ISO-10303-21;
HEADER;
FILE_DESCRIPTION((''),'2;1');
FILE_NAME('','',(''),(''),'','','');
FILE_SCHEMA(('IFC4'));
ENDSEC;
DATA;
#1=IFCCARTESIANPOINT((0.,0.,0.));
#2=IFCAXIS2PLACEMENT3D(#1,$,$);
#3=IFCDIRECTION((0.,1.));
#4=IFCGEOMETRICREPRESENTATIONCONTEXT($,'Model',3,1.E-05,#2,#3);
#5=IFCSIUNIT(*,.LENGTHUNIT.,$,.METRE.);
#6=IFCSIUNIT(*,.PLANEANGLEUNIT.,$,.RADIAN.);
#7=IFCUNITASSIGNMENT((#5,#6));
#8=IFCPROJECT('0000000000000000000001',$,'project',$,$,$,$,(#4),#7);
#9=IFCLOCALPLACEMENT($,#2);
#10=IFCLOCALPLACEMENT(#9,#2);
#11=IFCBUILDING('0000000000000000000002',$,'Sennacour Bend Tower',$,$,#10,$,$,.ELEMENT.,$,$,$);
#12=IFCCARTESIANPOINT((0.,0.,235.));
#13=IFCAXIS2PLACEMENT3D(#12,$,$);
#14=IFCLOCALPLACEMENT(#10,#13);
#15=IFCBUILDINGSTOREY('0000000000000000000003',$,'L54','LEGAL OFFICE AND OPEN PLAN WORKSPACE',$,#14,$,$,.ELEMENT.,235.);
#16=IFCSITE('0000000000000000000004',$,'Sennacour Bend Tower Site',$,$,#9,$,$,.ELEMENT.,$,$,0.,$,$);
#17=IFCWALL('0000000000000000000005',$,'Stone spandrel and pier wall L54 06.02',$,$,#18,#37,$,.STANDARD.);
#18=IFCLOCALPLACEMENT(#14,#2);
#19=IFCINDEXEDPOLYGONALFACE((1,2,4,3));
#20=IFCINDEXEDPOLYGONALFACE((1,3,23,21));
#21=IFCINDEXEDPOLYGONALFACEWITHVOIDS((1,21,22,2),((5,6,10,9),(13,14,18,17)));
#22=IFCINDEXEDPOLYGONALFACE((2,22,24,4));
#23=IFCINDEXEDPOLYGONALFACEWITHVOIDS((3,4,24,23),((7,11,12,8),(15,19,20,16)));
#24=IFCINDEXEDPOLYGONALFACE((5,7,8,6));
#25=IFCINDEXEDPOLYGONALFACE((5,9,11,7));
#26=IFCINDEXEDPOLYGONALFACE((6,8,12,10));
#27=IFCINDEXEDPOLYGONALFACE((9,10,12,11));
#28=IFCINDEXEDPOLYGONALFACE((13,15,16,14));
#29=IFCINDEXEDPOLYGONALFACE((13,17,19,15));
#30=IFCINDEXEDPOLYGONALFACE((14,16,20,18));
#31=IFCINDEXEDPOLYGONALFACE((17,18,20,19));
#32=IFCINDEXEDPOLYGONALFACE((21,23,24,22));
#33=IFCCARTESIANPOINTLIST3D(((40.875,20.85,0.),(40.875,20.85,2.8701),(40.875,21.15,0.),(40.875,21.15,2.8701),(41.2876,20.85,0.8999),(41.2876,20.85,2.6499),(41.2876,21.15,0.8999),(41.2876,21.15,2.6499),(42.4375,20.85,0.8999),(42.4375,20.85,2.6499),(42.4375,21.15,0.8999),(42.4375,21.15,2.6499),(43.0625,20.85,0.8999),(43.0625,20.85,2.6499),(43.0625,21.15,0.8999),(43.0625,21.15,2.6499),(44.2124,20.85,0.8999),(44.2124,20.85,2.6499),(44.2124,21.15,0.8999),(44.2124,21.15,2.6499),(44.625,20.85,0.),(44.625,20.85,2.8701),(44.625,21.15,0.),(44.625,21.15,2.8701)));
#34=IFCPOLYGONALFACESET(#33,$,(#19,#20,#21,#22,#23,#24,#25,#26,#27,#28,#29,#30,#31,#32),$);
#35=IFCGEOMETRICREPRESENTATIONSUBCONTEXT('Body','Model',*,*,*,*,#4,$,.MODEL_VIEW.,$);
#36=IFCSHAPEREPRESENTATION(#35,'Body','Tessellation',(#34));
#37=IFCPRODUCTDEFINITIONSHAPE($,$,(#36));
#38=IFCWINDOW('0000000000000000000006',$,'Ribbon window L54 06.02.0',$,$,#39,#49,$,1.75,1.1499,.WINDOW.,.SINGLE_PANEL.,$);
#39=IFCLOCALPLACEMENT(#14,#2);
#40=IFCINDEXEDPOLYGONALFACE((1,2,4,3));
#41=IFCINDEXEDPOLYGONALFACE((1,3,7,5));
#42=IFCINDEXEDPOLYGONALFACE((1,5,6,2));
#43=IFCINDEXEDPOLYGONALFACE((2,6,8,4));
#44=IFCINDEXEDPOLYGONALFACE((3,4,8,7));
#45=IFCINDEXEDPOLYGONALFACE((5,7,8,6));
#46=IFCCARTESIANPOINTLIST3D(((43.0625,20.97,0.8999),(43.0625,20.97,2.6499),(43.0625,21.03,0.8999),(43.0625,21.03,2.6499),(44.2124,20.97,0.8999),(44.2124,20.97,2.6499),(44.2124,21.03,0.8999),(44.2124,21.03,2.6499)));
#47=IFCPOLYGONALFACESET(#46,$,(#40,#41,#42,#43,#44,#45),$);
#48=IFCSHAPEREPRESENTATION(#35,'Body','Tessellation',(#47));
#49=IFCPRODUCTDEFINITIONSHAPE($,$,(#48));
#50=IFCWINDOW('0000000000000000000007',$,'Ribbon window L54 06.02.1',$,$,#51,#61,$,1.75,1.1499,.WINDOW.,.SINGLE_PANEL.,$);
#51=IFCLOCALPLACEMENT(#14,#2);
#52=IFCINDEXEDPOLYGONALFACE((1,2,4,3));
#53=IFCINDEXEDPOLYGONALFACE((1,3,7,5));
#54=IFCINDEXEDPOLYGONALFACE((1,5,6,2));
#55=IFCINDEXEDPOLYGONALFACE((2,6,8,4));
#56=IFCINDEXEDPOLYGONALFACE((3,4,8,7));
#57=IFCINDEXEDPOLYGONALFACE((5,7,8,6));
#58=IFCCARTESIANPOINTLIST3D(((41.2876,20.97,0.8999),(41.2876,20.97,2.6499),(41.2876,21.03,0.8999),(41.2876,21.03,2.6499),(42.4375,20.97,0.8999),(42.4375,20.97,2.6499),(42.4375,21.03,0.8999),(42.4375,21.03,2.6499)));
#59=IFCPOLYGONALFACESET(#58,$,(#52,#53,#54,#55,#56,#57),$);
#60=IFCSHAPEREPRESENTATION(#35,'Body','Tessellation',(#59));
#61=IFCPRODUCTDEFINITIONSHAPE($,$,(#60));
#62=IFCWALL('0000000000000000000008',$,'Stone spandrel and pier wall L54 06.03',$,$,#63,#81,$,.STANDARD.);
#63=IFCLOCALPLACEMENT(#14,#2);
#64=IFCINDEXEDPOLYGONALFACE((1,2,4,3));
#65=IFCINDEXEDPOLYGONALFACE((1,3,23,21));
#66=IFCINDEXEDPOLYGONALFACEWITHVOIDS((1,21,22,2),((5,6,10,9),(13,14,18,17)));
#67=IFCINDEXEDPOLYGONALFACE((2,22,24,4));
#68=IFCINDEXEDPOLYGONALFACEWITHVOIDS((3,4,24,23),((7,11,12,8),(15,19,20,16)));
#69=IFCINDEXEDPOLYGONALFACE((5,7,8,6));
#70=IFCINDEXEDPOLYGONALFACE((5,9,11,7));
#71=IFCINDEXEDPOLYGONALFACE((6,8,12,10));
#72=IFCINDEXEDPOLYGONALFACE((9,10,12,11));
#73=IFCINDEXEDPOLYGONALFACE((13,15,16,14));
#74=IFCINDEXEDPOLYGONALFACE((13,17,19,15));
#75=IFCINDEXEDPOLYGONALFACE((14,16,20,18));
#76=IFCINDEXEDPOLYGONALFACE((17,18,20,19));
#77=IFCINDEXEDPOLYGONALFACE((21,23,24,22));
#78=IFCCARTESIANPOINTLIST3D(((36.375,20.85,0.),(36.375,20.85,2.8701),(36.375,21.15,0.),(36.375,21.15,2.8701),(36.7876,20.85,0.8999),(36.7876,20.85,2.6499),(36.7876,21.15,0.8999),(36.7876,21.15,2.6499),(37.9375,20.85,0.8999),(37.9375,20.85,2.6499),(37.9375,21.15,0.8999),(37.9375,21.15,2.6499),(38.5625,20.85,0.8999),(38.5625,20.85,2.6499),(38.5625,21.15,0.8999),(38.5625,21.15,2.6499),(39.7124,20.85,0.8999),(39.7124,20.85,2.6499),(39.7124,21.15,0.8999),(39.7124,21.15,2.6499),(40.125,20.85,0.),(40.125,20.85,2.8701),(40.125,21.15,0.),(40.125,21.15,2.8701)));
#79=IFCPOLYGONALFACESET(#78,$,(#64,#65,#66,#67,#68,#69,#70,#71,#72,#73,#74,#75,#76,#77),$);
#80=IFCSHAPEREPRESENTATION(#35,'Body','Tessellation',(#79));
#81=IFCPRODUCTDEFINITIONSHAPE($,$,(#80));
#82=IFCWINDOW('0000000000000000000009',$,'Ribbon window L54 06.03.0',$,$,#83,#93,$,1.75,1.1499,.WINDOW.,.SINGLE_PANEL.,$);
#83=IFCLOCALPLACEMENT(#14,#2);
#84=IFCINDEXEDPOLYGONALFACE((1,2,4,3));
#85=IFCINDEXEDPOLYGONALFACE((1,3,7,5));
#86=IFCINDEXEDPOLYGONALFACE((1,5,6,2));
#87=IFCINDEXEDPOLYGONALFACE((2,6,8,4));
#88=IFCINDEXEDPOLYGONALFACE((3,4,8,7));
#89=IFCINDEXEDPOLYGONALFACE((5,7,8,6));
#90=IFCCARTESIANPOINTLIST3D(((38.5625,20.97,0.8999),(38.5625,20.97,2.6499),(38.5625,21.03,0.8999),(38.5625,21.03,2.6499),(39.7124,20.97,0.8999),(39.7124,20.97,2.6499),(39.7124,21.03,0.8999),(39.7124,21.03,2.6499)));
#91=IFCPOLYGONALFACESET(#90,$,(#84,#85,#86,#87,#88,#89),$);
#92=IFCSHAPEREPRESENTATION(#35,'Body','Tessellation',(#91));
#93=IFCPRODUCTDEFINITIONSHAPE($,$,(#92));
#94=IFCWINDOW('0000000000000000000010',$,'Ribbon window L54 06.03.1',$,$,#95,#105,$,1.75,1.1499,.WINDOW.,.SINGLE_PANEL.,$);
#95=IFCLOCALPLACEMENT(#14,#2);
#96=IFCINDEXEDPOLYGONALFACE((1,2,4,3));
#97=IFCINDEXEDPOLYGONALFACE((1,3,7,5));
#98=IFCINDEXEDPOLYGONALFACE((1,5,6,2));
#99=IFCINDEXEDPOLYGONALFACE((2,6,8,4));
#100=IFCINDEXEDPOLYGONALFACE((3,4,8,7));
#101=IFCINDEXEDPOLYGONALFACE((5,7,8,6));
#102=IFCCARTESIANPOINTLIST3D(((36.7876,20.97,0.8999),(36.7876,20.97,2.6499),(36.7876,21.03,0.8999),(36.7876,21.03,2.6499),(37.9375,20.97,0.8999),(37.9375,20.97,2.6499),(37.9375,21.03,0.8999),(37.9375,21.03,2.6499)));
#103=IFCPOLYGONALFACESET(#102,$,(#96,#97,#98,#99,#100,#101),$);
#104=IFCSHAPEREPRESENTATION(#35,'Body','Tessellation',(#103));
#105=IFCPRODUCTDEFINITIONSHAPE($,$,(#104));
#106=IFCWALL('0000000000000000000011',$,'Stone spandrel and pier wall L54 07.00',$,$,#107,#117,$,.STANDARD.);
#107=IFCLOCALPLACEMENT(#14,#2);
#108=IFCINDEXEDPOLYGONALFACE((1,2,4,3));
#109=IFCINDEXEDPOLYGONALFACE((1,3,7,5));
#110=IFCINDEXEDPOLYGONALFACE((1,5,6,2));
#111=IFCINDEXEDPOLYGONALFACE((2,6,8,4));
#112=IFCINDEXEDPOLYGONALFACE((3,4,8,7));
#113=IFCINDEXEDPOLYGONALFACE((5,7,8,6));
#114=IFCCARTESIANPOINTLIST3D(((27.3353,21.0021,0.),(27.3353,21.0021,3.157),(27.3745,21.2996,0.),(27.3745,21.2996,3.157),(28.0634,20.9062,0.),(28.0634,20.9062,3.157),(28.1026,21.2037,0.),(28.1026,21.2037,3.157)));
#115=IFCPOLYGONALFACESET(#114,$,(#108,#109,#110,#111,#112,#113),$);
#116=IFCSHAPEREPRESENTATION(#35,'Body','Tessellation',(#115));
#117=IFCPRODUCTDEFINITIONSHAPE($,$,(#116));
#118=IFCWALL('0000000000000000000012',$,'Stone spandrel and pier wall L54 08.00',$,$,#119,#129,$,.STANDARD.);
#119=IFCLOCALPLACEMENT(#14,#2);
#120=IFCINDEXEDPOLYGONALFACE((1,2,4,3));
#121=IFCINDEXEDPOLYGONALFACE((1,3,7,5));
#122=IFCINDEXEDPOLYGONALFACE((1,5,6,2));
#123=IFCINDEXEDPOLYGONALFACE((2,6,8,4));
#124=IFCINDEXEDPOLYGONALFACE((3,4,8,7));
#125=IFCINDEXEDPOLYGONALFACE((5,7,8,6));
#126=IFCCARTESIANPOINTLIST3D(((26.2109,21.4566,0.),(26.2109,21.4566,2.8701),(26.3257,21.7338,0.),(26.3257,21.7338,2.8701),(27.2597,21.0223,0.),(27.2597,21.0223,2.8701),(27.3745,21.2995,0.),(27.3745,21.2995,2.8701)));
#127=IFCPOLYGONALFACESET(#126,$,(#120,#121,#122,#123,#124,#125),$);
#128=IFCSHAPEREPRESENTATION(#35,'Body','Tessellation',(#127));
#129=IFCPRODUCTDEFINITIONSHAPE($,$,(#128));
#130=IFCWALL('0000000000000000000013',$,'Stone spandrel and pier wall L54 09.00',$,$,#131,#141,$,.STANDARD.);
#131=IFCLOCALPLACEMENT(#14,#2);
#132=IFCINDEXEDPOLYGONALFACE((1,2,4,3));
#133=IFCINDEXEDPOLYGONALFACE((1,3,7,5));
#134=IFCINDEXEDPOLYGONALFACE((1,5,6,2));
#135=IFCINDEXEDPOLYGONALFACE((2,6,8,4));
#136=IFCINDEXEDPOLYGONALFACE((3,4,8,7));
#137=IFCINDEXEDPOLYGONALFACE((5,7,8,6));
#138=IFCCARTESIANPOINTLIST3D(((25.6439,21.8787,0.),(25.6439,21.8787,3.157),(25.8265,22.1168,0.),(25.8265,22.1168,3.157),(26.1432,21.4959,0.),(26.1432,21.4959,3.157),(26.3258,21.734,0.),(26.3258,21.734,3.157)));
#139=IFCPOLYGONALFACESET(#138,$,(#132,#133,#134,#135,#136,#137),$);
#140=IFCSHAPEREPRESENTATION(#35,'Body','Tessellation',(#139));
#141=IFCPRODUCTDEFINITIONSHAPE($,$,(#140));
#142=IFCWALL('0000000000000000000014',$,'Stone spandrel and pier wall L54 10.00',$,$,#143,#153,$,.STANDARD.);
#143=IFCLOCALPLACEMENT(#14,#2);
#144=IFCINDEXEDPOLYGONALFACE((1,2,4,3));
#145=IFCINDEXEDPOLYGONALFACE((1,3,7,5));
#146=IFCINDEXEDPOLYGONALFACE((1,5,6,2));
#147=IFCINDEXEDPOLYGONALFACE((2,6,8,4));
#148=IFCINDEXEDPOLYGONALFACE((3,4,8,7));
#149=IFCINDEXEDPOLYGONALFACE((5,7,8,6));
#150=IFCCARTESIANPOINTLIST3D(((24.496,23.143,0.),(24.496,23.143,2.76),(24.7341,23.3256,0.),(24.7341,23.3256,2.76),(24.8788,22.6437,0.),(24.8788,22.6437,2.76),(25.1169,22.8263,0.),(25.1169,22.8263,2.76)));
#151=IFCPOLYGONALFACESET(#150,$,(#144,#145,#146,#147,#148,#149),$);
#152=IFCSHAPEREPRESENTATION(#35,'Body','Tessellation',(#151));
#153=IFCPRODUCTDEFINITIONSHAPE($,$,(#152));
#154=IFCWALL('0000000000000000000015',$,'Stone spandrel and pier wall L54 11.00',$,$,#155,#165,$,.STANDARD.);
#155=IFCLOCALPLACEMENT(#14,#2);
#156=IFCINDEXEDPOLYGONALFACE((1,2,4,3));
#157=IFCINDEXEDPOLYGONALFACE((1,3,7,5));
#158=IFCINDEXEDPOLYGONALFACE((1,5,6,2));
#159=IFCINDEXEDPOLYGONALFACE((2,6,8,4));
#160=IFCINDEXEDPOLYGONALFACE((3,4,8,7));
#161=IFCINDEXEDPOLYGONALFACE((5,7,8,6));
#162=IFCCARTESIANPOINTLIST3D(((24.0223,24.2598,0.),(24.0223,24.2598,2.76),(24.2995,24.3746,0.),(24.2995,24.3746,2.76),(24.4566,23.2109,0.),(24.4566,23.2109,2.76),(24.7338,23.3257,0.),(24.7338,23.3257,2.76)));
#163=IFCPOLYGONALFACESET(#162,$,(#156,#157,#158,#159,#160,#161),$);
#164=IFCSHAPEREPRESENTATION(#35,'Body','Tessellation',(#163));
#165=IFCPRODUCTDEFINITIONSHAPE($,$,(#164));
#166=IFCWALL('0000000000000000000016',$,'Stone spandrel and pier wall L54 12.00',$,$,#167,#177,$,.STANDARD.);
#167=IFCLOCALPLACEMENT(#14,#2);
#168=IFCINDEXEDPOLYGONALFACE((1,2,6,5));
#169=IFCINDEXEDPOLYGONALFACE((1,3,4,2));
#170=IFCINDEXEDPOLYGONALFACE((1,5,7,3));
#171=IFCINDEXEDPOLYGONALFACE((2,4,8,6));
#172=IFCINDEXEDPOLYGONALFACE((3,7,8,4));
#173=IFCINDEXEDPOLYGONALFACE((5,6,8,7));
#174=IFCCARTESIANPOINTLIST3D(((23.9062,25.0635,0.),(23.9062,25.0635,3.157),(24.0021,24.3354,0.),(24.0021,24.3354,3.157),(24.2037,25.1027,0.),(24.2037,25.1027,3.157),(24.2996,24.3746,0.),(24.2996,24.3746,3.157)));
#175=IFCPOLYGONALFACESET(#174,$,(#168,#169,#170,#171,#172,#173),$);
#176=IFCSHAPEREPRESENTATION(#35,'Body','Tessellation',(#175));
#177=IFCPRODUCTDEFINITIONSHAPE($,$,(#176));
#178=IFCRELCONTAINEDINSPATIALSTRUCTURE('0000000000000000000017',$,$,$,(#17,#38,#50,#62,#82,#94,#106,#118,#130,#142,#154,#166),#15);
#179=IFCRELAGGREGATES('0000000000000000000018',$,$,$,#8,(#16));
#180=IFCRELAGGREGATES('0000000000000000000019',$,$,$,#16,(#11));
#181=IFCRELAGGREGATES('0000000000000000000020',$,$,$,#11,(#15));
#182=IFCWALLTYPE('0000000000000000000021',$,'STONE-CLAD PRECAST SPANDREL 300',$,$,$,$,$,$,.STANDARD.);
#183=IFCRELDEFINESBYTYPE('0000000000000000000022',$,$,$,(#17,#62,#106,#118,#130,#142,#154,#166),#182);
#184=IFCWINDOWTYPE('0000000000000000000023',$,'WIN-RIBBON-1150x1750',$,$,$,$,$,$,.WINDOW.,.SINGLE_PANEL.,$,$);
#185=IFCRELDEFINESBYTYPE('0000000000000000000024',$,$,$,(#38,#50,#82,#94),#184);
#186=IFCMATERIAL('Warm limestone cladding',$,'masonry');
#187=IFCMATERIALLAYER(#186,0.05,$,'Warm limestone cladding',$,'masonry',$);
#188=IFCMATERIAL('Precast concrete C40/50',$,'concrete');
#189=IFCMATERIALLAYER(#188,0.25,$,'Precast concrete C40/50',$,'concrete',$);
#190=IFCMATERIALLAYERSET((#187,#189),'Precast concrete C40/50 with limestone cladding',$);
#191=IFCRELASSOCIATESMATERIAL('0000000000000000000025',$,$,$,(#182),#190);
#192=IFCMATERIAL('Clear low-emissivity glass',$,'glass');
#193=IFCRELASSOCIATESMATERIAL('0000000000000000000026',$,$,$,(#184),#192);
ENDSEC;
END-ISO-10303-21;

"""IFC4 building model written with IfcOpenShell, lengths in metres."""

from ifc_helpers import new_model, si_unit, direction, frame, frame_2d, origin, place, context, subcontext, project, spatial, rectangle, extrude, material, layer, layer_set, type_object, element, fill, save


model = new_model("IFC4")

# Units and contexts
model_context = context("Model", 3, precision=1e-05, world=origin(), true_north=direction((0.0, 1.0)))
body_context = subcontext(model_context, "Body", "Model", "MODEL_VIEW")
ifc_project = project(units=[si_unit("LENGTHUNIT", "METRE"), si_unit("PLANEANGLEUNIT", "RADIAN")], contexts=[model_context])

# Site, building, storey
site_placement = place(None, origin())
site = spatial("IfcSite", under=ifc_project, at=site_placement, Name="Sennacour Bend Tower Site", CompositionType="ELEMENT", RefElevation=0.0)
building_placement = place(site_placement, origin())
building = spatial("IfcBuilding", under=site, at=building_placement, Name="Sennacour Bend Tower", CompositionType="ELEMENT")
storey_placement = place(building_placement, frame((0.0, 0.0, 235.0)))
storey = spatial("IfcBuildingStorey", under=building, at=storey_placement, Name="L54", Description="LEGAL OFFICE AND OPEN PLAN WORKSPACE", CompositionType="ELEMENT", Elevation=235.0)

# Walls, openings, windows
ifc_material_1 = material(Name="Warm limestone cladding", Category="masonry")
ifc_layer_1 = layer(ifc_material_1, 0.05, Name="Warm limestone cladding", Category="masonry")
ifc_material_2 = material(Name="Precast concrete C40/50", Category="concrete")
ifc_layer_2 = layer(ifc_material_2, 0.25, Name="Precast concrete C40/50", Category="concrete")
ifc_layer_set = layer_set([ifc_layer_1, ifc_layer_2], Name="Precast concrete C40/50 with limestone cladding")
wall_type = type_object("IfcWallType", Name="STONE-CLAD PRECAST SPANDREL 300", PredefinedType="STANDARD", material=ifc_layer_set)
wall_1_placement = place(storey_placement, frame((44.625, 21.0, 0.0), z_axis=(0.0, 0.0, 1.0), x_axis=(-1.0, 0.0, 0.0)))
wall_1 = element("IfcWall", 1, at=wall_1_placement, inside=storey, type_object=wall_type, Name="Stone spandrel and pier wall L54 06.02", PredefinedType="STANDARD", context=body_context, shape_type="SweptSolid", body=[
    extrude(rectangle(XDim=3.75, YDim=0.3, at=frame_2d((1.875, 0.0))), origin(), (0.0, 0.0, 1.0), 2.8701),
])
opening_1_placement = place(wall_1_placement, frame((0.4126, 0.0, 0.8999)))
opening_1 = element("IfcOpeningElement", 2, at=opening_1_placement, cuts=wall_1, PredefinedType="OPENING", context=body_context, shape_type="SweptSolid", body=[
    extrude(rectangle(XDim=1.1499, YDim=1.75, at=frame_2d((0.575, 0.875))), frame((0.0, 0.1602, 0.0), z_axis=(0.0, -1.0, 0.0), x_axis=(1.0, 0.0, 0.0)), (0.0, 0.0, 1.0), 0.3201),
])
opening_2_placement = place(wall_1_placement, frame((2.1875, 0.0, 0.8999)))
opening_2 = element("IfcOpeningElement", 3, at=opening_2_placement, cuts=wall_1, PredefinedType="OPENING", context=body_context, shape_type="SweptSolid", body=[
    extrude(rectangle(XDim=1.1499, YDim=1.75, at=frame_2d((0.575, 0.875))), frame((0.0, 0.1602, 0.0), z_axis=(0.0, -1.0, 0.0), x_axis=(1.0, 0.0, 0.0)), (0.0, 0.0, 1.0), 0.3201),
])
ifc_material_3 = material(Name="Clear low-emissivity glass", Category="glass")
window_type_1 = type_object("IfcWindowType", Name="WIN-RIBBON-1150x1750", PartitioningType="SINGLE_PANEL", PredefinedType="WINDOW", material=ifc_material_3)
window_1_placement = place(opening_1_placement, origin())
window_1 = element("IfcWindow", 4, at=window_1_placement, inside=storey, type_object=window_type_1, Name="Ribbon window L54 06.02.0", OverallHeight=1.75, OverallWidth=1.1499, PartitioningType="SINGLE_PANEL", PredefinedType="WINDOW", context=body_context, shape_type="SweptSolid", body=[
    extrude(rectangle(XDim=1.1499, YDim=1.75, at=frame_2d((0.575, 0.875))), frame((0.0, 0.03, 0.0), z_axis=(0.0, -1.0, 0.0), x_axis=(1.0, 0.0, 0.0)), (0.0, 0.0, 1.0), 0.0601),
])
fill(opening_1, window_1)
window_2_placement = place(opening_2_placement, origin())
window_2 = element("IfcWindow", 5, at=window_2_placement, inside=storey, type_object=window_type_1, Name="Ribbon window L54 06.02.1", OverallHeight=1.75, OverallWidth=1.1499, PartitioningType="SINGLE_PANEL", PredefinedType="WINDOW", context=body_context, shape_type="SweptSolid", body=[
    extrude(rectangle(XDim=1.1499, YDim=1.75, at=frame_2d((0.575, 0.875))), frame((0.0, 0.03, 0.0), z_axis=(0.0, -1.0, 0.0), x_axis=(1.0, 0.0, 0.0)), (0.0, 0.0, 1.0), 0.0601),
])
fill(opening_2, window_2)
wall_2_placement = place(storey_placement, frame((40.125, 21.0, 0.0), z_axis=(0.0, 0.0, 1.0), x_axis=(-1.0, 0.0, 0.0)))
wall_2 = element("IfcWall", 6, at=wall_2_placement, inside=storey, type_object=wall_type, Name="Stone spandrel and pier wall L54 06.03", PredefinedType="STANDARD", context=body_context, shape_type="SweptSolid", body=[
    extrude(rectangle(XDim=3.75, YDim=0.3, at=frame_2d((1.875, 0.0))), origin(), (0.0, 0.0, 1.0), 2.8701),
])
opening_3_placement = place(wall_2_placement, frame((0.4126, 0.0, 0.8999)))
opening_3 = element("IfcOpeningElement", 7, at=opening_3_placement, cuts=wall_2, PredefinedType="OPENING", context=body_context, shape_type="SweptSolid", body=[
    extrude(rectangle(XDim=1.1499, YDim=1.75, at=frame_2d((0.575, 0.875))), frame((0.0, 0.1602, 0.0), z_axis=(0.0, -1.0, 0.0), x_axis=(1.0, 0.0, 0.0)), (0.0, 0.0, 1.0), 0.3201),
])
opening_4_placement = place(wall_2_placement, frame((2.1875, 0.0, 0.8999)))
opening_4 = element("IfcOpeningElement", 8, at=opening_4_placement, cuts=wall_2, PredefinedType="OPENING", context=body_context, shape_type="SweptSolid", body=[
    extrude(rectangle(XDim=1.1499, YDim=1.75, at=frame_2d((0.575, 0.875))), frame((0.0, 0.1602, 0.0), z_axis=(0.0, -1.0, 0.0), x_axis=(1.0, 0.0, 0.0)), (0.0, 0.0, 1.0), 0.3201),
])
window_3_placement = place(opening_3_placement, origin())
window_3 = element("IfcWindow", 9, at=window_3_placement, inside=storey, type_object=window_type_1, Name="Ribbon window L54 06.03.0", OverallHeight=1.75, OverallWidth=1.1499, PartitioningType="SINGLE_PANEL", PredefinedType="WINDOW", context=body_context, shape_type="SweptSolid", body=[
    extrude(rectangle(XDim=1.1499, YDim=1.75, at=frame_2d((0.575, 0.875))), frame((0.0, 0.03, 0.0), z_axis=(0.0, -1.0, 0.0), x_axis=(1.0, 0.0, 0.0)), (0.0, 0.0, 1.0), 0.0601),
])
fill(opening_3, window_3)
window_4_placement = place(opening_4_placement, origin())
window_4 = element("IfcWindow", 10, at=window_4_placement, inside=storey, type_object=window_type_1, Name="Ribbon window L54 06.03.1", OverallHeight=1.75, OverallWidth=1.1499, PartitioningType="SINGLE_PANEL", PredefinedType="WINDOW", context=body_context, shape_type="SweptSolid", body=[
    extrude(rectangle(XDim=1.1499, YDim=1.75, at=frame_2d((0.575, 0.875))), frame((0.0, 0.03, 0.0), z_axis=(0.0, -1.0, 0.0), x_axis=(1.0, 0.0, 0.0)), (0.0, 0.0, 1.0), 0.0601),
])
fill(opening_4, window_4)

# Walls
wall_3_placement = place(storey_placement, frame((28.083, 21.0549, 0.0), z_axis=(0.0, 0.0, 1.0), x_axis=(-0.991427, 0.130661, 0.0)))
element("IfcWall", 11, at=wall_3_placement, inside=storey, type_object=wall_type, Name="Stone spandrel and pier wall L54 07.00", PredefinedType="STANDARD", context=body_context, shape_type="SweptSolid", body=[
    extrude(rectangle(XDim=0.7344, YDim=0.3, at=frame_2d((0.3672, 0.0))), origin(), (0.0, 0.0, 1.0), 3.157),
])
wall_4_placement = place(storey_placement, frame((27.3171, 21.1609, 0.0), z_axis=(0.0, 0.0, 1.0), x_axis=(-0.923915, 0.382599, 0.0)))
element("IfcWall", 12, at=wall_4_placement, inside=storey, type_object=wall_type, Name="Stone spandrel and pier wall L54 08.00", PredefinedType="STANDARD", context=body_context, shape_type="SweptSolid", body=[
    extrude(rectangle(XDim=1.1353, YDim=0.3, at=frame_2d((0.5676, 0.0))), origin(), (0.0, 0.0, 1.0), 2.8701),
])
wall_5_placement = place(storey_placement, frame((26.2344, 21.615, 0.0), z_axis=(0.0, 0.0, 1.0), x_axis=(-0.793575, 0.608472, 0.0)))
element("IfcWall", 13, at=wall_5_placement, inside=storey, type_object=wall_type, Name="Stone spandrel and pier wall L54 09.00", PredefinedType="STANDARD", context=body_context, shape_type="SweptSolid", body=[
    extrude(rectangle(XDim=0.6292, YDim=0.3, at=frame_2d((0.3145, 0.0))), origin(), (0.0, 0.0, 1.0), 3.157),
])
wall_6_placement = place(storey_placement, frame((24.9978, 22.7351, 0.0), z_axis=(0.0, 0.0, 1.0), x_axis=(-0.608472, 0.793575, 0.0)))
element("IfcWall", 14, at=wall_6_placement, inside=storey, type_object=wall_type, Name="Stone spandrel and pier wall L54 10.00", PredefinedType="STANDARD", context=body_context, shape_type="SweptSolid", body=[
    extrude(rectangle(XDim=0.6292, YDim=0.3, at=frame_2d((0.3145, 0.0))), origin(), (0.0, 0.0, 1.0), 2.76),
])
wall_7_placement = place(storey_placement, frame((24.5952, 23.2683, 0.0), z_axis=(0.0, 0.0, 1.0), x_axis=(-0.382599, 0.923915, 0.0)))
element("IfcWall", 15, at=wall_7_placement, inside=storey, type_object=wall_type, Name="Stone spandrel and pier wall L54 11.00", PredefinedType="STANDARD", context=body_context, shape_type="SweptSolid", body=[
    extrude(rectangle(XDim=1.1353, YDim=0.3, at=frame_2d((0.5676, 0.0))), origin(), (0.0, 0.0, 1.0), 2.76),
])
wall_8_placement = place(storey_placement, frame((24.1509, 24.355, 0.0), z_axis=(0.0, 0.0, 1.0), x_axis=(-0.130661, 0.991427, 0.0)))
element("IfcWall", 16, at=wall_8_placement, inside=storey, type_object=wall_type, Name="Stone spandrel and pier wall L54 12.00", PredefinedType="STANDARD", context=body_context, shape_type="SweptSolid", body=[
    extrude(rectangle(XDim=0.7344, YDim=0.3, at=frame_2d((0.3672, 0.0))), origin(), (0.0, 0.0, 1.0), 3.157),
])

save(model, "model.ifc")
